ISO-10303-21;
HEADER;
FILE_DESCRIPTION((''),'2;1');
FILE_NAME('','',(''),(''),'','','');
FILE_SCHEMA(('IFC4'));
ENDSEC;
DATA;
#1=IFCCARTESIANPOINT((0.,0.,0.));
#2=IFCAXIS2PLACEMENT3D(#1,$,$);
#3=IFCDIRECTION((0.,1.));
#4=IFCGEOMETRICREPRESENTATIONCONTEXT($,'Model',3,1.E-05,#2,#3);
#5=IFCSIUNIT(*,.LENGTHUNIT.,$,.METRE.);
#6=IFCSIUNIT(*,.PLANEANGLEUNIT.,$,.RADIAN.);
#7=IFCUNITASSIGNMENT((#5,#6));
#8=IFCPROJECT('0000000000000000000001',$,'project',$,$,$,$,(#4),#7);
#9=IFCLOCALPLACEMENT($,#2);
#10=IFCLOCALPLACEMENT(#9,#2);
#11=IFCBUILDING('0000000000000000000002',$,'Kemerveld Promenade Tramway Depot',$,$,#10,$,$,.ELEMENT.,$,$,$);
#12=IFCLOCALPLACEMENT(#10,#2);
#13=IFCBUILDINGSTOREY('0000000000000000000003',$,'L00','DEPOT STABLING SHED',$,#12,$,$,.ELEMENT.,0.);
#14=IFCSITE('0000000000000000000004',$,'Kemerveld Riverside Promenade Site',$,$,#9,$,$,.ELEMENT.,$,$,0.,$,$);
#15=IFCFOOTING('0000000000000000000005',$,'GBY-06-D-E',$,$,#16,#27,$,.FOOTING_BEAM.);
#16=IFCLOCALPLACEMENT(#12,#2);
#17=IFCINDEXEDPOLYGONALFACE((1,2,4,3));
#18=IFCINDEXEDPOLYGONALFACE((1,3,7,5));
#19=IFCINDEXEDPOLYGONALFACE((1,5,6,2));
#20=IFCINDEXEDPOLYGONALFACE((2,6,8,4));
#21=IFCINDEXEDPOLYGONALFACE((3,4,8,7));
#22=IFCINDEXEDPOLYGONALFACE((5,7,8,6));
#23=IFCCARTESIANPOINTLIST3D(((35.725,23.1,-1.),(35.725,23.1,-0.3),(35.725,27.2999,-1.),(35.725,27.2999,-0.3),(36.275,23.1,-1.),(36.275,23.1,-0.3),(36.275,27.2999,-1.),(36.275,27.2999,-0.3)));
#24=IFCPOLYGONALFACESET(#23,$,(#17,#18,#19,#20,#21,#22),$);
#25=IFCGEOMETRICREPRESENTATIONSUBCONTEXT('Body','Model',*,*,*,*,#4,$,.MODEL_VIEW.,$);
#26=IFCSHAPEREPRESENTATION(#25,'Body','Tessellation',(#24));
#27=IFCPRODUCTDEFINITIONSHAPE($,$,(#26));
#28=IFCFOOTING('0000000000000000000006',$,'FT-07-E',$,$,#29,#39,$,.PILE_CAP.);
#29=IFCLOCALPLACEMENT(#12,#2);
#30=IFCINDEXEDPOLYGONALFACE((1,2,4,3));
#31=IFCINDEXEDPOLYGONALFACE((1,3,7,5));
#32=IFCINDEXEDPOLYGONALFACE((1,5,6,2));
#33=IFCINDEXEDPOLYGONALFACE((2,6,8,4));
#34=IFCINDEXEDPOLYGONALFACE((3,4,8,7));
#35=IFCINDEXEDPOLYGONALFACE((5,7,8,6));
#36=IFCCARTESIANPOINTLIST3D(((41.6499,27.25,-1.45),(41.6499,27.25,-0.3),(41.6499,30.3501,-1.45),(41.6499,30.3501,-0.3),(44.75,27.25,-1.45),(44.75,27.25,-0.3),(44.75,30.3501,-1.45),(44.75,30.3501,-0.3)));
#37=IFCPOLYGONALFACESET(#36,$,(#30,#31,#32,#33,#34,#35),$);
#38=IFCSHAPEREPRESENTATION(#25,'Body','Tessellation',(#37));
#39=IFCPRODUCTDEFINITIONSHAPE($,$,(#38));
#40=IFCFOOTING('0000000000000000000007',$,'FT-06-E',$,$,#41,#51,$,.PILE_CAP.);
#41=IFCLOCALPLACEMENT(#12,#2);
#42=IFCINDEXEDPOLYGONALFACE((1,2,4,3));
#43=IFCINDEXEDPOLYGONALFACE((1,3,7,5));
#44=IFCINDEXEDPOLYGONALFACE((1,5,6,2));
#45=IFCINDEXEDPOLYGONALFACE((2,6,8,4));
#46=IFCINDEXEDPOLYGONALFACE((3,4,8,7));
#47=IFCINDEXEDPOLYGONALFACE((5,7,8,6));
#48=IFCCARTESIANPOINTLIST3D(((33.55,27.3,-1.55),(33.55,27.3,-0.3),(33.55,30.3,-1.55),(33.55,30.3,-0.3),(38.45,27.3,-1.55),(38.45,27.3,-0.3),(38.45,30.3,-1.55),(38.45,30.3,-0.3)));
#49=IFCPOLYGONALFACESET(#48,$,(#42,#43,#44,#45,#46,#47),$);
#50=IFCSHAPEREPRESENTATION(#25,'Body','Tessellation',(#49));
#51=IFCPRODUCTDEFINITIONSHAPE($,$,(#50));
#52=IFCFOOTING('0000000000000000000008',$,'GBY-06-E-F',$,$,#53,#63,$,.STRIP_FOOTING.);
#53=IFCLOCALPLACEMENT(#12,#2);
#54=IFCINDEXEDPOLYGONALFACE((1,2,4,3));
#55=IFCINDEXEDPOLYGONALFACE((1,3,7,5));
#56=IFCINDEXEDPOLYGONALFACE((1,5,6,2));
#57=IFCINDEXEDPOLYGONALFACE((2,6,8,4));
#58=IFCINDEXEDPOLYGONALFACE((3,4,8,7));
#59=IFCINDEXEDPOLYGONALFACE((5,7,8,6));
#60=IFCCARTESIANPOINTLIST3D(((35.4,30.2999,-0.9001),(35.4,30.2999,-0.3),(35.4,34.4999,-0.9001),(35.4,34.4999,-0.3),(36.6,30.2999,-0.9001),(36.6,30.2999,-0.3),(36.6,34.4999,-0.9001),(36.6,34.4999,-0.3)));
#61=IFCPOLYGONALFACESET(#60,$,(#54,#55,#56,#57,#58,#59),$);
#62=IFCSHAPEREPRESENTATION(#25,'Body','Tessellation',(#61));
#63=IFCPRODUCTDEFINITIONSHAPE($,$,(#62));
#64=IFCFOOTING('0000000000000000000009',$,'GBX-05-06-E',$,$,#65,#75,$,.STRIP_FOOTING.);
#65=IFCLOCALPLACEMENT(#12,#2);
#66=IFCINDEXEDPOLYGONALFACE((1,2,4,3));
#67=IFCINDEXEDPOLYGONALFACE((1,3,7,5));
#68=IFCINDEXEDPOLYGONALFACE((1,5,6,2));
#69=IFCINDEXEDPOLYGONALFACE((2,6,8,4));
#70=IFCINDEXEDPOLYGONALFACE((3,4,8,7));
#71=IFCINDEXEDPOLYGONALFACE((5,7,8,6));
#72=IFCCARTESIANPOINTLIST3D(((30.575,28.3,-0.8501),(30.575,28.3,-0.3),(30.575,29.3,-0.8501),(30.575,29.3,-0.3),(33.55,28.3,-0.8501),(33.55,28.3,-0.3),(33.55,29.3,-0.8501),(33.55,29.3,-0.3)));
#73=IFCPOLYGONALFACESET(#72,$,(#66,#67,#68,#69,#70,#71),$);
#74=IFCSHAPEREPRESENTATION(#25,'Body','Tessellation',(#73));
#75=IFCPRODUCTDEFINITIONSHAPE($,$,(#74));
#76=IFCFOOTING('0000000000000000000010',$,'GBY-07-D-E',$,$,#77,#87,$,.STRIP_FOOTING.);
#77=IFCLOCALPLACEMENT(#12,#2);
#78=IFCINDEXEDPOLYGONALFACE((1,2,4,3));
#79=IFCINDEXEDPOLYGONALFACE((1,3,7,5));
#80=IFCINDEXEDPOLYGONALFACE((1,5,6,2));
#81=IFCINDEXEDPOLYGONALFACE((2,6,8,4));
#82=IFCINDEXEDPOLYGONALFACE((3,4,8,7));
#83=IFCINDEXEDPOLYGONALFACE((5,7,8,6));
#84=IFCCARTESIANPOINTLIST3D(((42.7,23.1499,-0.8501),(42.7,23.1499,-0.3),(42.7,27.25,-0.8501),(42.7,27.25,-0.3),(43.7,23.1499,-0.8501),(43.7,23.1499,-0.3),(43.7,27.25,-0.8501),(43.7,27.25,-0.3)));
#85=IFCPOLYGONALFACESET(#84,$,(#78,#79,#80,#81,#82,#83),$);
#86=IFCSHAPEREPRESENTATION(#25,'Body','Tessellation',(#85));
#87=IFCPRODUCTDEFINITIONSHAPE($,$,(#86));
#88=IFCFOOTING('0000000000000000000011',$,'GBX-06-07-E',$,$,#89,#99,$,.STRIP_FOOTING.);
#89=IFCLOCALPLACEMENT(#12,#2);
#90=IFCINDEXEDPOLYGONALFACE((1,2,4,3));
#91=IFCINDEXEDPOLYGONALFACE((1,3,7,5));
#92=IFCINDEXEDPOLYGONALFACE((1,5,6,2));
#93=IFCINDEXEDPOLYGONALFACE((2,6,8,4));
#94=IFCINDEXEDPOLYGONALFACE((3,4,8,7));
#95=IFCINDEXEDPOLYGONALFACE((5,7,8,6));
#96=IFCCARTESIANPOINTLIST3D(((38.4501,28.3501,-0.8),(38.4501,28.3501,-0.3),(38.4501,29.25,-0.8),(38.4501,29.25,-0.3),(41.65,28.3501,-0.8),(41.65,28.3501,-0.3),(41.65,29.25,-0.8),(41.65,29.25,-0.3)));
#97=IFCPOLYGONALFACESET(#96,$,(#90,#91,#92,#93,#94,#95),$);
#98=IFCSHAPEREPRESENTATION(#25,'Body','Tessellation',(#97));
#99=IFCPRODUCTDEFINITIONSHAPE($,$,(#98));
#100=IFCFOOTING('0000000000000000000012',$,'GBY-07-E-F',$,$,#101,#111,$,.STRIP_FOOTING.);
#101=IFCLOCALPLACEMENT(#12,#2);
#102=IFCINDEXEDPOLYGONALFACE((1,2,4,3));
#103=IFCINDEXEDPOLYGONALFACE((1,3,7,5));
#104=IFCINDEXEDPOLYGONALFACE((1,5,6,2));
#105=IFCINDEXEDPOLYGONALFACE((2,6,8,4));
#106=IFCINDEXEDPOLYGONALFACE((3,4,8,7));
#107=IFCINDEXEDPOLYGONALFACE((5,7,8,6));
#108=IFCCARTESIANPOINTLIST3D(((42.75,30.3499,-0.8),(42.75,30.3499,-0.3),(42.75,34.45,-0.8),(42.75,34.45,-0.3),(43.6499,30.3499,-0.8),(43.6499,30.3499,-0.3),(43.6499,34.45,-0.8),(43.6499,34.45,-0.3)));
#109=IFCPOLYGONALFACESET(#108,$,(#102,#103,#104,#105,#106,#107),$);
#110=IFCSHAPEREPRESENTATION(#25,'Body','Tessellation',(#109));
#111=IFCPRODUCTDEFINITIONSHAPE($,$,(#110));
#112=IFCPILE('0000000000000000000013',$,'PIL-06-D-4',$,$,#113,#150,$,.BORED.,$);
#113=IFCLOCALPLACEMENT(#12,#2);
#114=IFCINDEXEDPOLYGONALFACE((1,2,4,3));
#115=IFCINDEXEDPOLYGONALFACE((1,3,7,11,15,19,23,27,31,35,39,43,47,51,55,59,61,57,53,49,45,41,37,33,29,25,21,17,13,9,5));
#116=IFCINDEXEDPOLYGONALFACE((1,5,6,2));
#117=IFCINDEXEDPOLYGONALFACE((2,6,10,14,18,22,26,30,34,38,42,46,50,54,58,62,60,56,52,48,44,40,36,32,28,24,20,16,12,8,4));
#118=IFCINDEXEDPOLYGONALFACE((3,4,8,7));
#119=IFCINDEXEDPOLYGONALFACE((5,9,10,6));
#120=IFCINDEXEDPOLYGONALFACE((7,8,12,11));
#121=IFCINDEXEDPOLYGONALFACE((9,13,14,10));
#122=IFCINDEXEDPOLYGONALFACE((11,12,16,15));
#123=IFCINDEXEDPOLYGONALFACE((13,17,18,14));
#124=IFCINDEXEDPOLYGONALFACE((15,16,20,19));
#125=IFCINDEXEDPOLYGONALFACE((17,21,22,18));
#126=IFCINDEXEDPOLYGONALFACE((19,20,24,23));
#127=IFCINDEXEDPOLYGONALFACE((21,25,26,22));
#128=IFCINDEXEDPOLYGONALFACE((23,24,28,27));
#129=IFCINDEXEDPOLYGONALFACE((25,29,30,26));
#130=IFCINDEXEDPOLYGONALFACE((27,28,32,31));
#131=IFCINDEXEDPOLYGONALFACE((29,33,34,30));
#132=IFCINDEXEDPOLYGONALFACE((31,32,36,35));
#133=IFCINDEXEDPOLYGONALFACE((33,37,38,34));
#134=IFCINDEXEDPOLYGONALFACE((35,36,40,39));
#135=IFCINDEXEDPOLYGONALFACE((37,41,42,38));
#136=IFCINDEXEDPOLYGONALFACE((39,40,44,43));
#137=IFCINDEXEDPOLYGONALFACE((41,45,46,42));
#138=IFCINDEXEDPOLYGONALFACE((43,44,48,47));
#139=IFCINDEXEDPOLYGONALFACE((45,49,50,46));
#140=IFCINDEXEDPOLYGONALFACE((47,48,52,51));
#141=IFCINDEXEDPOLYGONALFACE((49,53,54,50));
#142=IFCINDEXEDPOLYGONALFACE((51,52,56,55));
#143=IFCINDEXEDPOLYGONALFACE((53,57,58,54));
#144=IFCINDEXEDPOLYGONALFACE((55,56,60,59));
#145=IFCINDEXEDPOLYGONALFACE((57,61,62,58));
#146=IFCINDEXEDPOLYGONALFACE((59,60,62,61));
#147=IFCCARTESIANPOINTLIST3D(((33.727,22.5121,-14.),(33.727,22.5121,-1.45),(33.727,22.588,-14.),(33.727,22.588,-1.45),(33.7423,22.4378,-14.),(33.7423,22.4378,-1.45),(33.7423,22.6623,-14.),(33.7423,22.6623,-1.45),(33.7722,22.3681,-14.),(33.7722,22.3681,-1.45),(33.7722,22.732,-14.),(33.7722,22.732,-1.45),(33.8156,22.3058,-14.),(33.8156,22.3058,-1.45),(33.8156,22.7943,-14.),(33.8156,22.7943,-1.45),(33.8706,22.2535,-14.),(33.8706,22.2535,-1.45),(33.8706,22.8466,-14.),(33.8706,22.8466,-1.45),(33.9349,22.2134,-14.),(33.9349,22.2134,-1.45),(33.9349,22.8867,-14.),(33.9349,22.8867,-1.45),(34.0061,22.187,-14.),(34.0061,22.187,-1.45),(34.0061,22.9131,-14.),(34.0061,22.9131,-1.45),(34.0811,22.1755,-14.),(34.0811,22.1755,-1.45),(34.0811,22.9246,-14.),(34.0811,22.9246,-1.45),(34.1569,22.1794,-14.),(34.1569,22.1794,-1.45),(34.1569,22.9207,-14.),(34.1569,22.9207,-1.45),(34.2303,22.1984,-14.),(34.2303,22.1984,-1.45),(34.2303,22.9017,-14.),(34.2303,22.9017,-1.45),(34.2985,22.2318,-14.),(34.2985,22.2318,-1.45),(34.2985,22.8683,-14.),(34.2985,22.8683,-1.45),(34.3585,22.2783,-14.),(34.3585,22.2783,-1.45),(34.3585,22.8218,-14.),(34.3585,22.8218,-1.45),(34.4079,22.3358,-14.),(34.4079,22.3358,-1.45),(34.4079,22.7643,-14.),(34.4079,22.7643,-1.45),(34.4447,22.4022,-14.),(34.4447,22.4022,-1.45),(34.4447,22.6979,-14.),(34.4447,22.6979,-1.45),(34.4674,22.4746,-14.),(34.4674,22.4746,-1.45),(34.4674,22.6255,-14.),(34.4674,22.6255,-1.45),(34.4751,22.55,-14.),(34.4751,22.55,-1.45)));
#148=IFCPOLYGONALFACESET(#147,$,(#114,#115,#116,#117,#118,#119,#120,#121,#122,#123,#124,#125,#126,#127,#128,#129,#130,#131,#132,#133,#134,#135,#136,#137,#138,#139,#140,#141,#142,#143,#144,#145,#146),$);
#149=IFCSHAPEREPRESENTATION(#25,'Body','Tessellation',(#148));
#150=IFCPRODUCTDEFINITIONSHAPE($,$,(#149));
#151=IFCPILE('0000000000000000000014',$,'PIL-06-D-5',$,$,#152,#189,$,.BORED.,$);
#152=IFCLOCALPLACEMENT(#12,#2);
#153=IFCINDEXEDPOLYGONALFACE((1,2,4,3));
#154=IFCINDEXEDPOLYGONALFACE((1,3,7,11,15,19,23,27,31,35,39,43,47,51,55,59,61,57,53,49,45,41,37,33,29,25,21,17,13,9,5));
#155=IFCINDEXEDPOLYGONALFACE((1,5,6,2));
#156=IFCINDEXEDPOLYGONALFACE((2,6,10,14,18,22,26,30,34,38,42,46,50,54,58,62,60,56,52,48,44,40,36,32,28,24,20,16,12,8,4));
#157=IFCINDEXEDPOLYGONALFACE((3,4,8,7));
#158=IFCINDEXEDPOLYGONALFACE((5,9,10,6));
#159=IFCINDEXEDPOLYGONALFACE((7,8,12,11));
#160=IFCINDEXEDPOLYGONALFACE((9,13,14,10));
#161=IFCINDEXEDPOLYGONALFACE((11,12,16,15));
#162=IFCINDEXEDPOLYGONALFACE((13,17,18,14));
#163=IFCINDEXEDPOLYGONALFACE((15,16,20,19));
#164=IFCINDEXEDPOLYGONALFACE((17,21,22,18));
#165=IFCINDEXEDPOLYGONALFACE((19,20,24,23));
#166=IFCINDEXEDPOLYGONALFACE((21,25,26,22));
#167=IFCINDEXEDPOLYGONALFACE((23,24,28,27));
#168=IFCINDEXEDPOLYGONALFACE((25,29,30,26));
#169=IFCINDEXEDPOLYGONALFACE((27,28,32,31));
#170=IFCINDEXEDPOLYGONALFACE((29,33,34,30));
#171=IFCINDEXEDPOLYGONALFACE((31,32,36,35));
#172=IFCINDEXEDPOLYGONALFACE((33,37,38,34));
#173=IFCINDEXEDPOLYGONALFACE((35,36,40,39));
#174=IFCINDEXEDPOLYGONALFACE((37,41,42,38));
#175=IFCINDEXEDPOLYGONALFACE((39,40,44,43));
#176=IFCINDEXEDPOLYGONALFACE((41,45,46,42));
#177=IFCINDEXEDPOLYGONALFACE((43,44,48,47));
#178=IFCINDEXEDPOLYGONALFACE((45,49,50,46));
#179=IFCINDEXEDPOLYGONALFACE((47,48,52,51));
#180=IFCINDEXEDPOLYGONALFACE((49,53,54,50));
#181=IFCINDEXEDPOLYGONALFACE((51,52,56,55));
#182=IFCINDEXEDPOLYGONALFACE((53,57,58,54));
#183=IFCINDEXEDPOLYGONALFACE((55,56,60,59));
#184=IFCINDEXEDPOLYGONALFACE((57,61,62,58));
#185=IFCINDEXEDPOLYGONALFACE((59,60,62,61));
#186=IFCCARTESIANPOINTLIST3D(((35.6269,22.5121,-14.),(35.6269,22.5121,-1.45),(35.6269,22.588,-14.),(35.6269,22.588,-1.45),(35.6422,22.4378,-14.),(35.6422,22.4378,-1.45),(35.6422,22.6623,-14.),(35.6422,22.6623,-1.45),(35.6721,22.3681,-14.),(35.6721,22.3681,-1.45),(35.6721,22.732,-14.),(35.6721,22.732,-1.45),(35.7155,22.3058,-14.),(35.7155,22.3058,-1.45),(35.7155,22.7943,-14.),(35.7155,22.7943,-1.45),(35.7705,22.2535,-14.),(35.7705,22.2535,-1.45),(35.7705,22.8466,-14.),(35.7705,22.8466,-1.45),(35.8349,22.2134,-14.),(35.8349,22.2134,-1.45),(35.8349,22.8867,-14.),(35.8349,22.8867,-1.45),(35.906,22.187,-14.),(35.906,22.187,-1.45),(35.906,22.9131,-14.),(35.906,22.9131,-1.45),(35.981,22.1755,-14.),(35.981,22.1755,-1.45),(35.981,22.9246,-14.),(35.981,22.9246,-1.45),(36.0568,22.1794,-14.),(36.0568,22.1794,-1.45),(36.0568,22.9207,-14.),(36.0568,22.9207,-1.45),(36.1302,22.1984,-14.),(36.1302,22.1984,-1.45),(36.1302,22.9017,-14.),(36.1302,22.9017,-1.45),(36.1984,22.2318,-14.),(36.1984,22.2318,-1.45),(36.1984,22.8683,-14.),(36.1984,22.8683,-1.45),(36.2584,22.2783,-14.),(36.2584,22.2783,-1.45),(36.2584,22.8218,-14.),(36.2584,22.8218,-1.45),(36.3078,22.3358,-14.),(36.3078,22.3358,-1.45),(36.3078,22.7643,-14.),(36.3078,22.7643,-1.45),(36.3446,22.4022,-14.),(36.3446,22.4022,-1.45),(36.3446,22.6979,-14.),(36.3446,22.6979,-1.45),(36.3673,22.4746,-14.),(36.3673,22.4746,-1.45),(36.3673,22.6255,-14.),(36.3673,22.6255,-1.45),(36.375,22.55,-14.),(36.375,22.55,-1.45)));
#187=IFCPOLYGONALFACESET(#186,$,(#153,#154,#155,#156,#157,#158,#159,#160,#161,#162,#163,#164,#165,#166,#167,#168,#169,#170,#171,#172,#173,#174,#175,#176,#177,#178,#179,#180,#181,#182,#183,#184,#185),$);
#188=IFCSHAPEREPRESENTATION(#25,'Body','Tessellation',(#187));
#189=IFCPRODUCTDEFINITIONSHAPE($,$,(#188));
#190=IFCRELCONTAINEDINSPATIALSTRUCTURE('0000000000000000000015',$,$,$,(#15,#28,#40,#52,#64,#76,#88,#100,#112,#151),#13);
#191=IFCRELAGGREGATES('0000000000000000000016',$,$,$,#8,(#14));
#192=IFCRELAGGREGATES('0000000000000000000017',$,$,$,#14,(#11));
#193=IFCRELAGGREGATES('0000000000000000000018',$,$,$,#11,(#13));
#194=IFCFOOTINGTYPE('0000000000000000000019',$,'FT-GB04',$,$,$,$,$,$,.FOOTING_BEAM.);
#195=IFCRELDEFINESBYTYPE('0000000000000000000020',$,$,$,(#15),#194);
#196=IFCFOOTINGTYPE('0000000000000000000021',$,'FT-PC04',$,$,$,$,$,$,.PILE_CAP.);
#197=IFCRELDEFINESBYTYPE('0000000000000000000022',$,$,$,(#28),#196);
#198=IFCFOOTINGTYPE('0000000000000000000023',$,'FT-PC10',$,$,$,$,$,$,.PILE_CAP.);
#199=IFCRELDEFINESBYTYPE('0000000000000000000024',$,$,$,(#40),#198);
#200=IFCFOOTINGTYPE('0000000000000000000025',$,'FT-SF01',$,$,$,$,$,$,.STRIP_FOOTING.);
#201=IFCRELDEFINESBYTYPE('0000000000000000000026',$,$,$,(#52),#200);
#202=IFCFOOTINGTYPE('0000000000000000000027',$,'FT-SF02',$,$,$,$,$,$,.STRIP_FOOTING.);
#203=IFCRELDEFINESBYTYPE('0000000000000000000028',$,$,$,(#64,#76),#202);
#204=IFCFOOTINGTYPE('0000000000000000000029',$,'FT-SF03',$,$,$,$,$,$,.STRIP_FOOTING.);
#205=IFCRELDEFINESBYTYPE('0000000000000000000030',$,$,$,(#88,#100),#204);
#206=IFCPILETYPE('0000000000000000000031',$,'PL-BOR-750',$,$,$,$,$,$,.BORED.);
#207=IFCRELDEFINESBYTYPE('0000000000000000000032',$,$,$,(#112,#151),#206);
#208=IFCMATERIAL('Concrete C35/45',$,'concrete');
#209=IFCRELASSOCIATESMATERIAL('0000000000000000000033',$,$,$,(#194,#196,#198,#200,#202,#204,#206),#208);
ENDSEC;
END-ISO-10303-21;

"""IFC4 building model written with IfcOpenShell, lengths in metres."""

from ifc_helpers import new_model, si_unit, direction, frame, origin, origin_2d, place, context, subcontext, project, spatial, rectangle, circle, extrude, material, material_profile, profile_set, type_object, element, save


model = new_model("IFC4")

# Units and contexts
model_context = context("Model", 3, precision=1e-05, world=origin(), true_north=direction((0.0, 1.0)))
body_context = subcontext(model_context, "Body", "Model", "MODEL_VIEW")
ifc_project = project(units=[si_unit("LENGTHUNIT", "METRE"), si_unit("PLANEANGLEUNIT", "RADIAN")], contexts=[model_context])

# Site, building, storey
site_placement = place(None, origin())
site = spatial("IfcSite", under=ifc_project, at=site_placement, Name="Kemerveld Riverside Promenade Site", CompositionType="ELEMENT", RefElevation=0.0)
building_placement = place(site_placement, origin())
building = spatial("IfcBuilding", under=site, at=building_placement, Name="Kemerveld Promenade Tramway Depot", CompositionType="ELEMENT")
storey_placement = place(building_placement, origin())
storey = spatial("IfcBuildingStorey", under=building, at=storey_placement, Name="L00", Description="DEPOT STABLING SHED", CompositionType="ELEMENT", Elevation=0.0)

# Footings
ifc_material_1 = material(Name="Concrete C35/45", Category="concrete")
footing_type_1 = type_object("IfcFootingType", Name="FT-GB04", PredefinedType="FOOTING_BEAM", material=ifc_material_1)
footing_1_placement = place(storey_placement, frame((36.0, 25.2, -1.0), z_axis=(0.0, 0.0, 1.0), x_axis=(0.0, 1.0, 0.0)))
element("IfcFooting", 1, at=footing_1_placement, inside=storey, type_object=footing_type_1, Name="GBY-06-D-E", PredefinedType="FOOTING_BEAM", context=body_context, shape_type="SweptSolid", body=[
    extrude(rectangle(XDim=4.2, YDim=0.55, at=origin_2d()), origin(), (0.0, 0.0, 1.0), 0.7),
])
footing_type_2 = type_object("IfcFootingType", Name="FT-PC04", PredefinedType="PILE_CAP", material=ifc_material_1)
footing_2_placement = place(storey_placement, frame((43.2, 28.8, -1.45), z_axis=(0.0, 0.0, 1.0), x_axis=(1.0, 0.0, 0.0)))
element("IfcFooting", 2, at=footing_2_placement, inside=storey, type_object=footing_type_2, Name="FT-07-E", PredefinedType="PILE_CAP", context=body_context, shape_type="SweptSolid", body=[
    extrude(rectangle(XDim=3.1001, YDim=3.1001, at=origin_2d()), origin(), (0.0, 0.0, 1.0), 1.1499),
])
footing_type_3 = type_object("IfcFootingType", Name="FT-PC10", PredefinedType="PILE_CAP", material=ifc_material_1)
footing_3_placement = place(storey_placement, frame((36.0, 28.8, -1.55), z_axis=(0.0, 0.0, 1.0), x_axis=(1.0, 0.0, 0.0)))
element("IfcFooting", 3, at=footing_3_placement, inside=storey, type_object=footing_type_3, Name="FT-06-E", PredefinedType="PILE_CAP", context=body_context, shape_type="SweptSolid", body=[
    extrude(rectangle(XDim=4.8999, YDim=3.0, at=origin_2d()), origin(), (0.0, 0.0, 1.0), 1.25),
])
footing_type_4 = type_object("IfcFootingType", Name="FT-SF01", PredefinedType="STRIP_FOOTING", material=ifc_material_1)
footing_4_placement = place(storey_placement, frame((36.0, 32.3999, -0.9001), z_axis=(0.0, 0.0, 1.0), x_axis=(0.0, 1.0, 0.0)))
element("IfcFooting", 4, at=footing_4_placement, inside=storey, type_object=footing_type_4, Name="GBY-06-E-F", PredefinedType="STRIP_FOOTING", context=body_context, shape_type="SweptSolid", body=[
    extrude(rectangle(XDim=4.2, YDim=1.2, at=origin_2d()), origin(), (0.0, 0.0, 1.0), 0.6001),
])
footing_type_5 = type_object("IfcFootingType", Name="FT-SF02", PredefinedType="STRIP_FOOTING", material=ifc_material_1)
footing_5_placement = place(storey_placement, frame((32.0625, 28.8, -0.8501), z_axis=(0.0, 0.0, 1.0), x_axis=(1.0, 0.0, 0.0)))
element("IfcFooting", 5, at=footing_5_placement, inside=storey, type_object=footing_type_5, Name="GBX-05-06-E", PredefinedType="STRIP_FOOTING", context=body_context, shape_type="SweptSolid", body=[
    extrude(rectangle(XDim=2.9751, YDim=1.0, at=origin_2d()), origin(), (0.0, 0.0, 1.0), 0.55),
])
footing_6_placement = place(storey_placement, frame((43.2, 25.2, -0.8501), z_axis=(0.0, 0.0, 1.0), x_axis=(0.0, 1.0, 0.0)))
element("IfcFooting", 6, at=footing_6_placement, inside=storey, type_object=footing_type_5, Name="GBY-07-D-E", PredefinedType="STRIP_FOOTING", context=body_context, shape_type="SweptSolid", body=[
    extrude(rectangle(XDim=4.1001, YDim=1.0, at=origin_2d()), origin(), (0.0, 0.0, 1.0), 0.55),
])
footing_type_6 = type_object("IfcFootingType", Name="FT-SF03", PredefinedType="STRIP_FOOTING", material=ifc_material_1)
footing_7_placement = place(storey_placement, frame((40.05, 28.8, -0.8), z_axis=(0.0, 0.0, 1.0), x_axis=(1.0, 0.0, 0.0)))
element("IfcFooting", 7, at=footing_7_placement, inside=storey, type_object=footing_type_6, Name="GBX-06-07-E", PredefinedType="STRIP_FOOTING", context=body_context, shape_type="SweptSolid", body=[
    extrude(rectangle(XDim=3.2, YDim=0.8999, at=origin_2d()), origin(), (0.0, 0.0, 1.0), 0.5),
])
footing_8_placement = place(storey_placement, frame((43.2, 32.3999, -0.8), z_axis=(0.0, 0.0, 1.0), x_axis=(0.0, 1.0, 0.0)))
element("IfcFooting", 8, at=footing_8_placement, inside=storey, type_object=footing_type_6, Name="GBY-07-E-F", PredefinedType="STRIP_FOOTING", context=body_context, shape_type="SweptSolid", body=[
    extrude(rectangle(XDim=4.1001, YDim=0.8999, at=origin_2d()), origin(), (0.0, 0.0, 1.0), 0.5),
])

# Piles
ifc_material_profile_1 = material_profile(ifc_material_1, circle(Radius=0.375, at=origin_2d()), Name="PILE-D750")
ifc_profile_set_1 = profile_set([ifc_material_profile_1], Name="Concrete C35/45")
pile_type = type_object("IfcPileType", Name="PL-BOR-750", PredefinedType="BORED", material=ifc_profile_set_1)
for number, where, z_axis, x_axis, name in (
    (9, (34.1001, 22.55, -1.45), (0.0, 0.0, -1.0), (1.0, 0.0, 0.0), "PIL-06-D-4"),
    (10, (36.0, 22.55, -1.45), (0.0, 0.0, -1.0), (1.0, 0.0, 0.0), "PIL-06-D-5"),
):
    element("IfcPile", number, at=place(storey_placement, frame(where, z_axis=z_axis, x_axis=x_axis)), inside=storey, type_object=pile_type, Name=name, PredefinedType="BORED", context=body_context, shape_type="SweptSolid", body=[
        extrude(circle(Radius=0.375, at=origin_2d()), origin(), (0.0, 0.0, 1.0), 12.55),
    ])

save(model, "model.ifc")
